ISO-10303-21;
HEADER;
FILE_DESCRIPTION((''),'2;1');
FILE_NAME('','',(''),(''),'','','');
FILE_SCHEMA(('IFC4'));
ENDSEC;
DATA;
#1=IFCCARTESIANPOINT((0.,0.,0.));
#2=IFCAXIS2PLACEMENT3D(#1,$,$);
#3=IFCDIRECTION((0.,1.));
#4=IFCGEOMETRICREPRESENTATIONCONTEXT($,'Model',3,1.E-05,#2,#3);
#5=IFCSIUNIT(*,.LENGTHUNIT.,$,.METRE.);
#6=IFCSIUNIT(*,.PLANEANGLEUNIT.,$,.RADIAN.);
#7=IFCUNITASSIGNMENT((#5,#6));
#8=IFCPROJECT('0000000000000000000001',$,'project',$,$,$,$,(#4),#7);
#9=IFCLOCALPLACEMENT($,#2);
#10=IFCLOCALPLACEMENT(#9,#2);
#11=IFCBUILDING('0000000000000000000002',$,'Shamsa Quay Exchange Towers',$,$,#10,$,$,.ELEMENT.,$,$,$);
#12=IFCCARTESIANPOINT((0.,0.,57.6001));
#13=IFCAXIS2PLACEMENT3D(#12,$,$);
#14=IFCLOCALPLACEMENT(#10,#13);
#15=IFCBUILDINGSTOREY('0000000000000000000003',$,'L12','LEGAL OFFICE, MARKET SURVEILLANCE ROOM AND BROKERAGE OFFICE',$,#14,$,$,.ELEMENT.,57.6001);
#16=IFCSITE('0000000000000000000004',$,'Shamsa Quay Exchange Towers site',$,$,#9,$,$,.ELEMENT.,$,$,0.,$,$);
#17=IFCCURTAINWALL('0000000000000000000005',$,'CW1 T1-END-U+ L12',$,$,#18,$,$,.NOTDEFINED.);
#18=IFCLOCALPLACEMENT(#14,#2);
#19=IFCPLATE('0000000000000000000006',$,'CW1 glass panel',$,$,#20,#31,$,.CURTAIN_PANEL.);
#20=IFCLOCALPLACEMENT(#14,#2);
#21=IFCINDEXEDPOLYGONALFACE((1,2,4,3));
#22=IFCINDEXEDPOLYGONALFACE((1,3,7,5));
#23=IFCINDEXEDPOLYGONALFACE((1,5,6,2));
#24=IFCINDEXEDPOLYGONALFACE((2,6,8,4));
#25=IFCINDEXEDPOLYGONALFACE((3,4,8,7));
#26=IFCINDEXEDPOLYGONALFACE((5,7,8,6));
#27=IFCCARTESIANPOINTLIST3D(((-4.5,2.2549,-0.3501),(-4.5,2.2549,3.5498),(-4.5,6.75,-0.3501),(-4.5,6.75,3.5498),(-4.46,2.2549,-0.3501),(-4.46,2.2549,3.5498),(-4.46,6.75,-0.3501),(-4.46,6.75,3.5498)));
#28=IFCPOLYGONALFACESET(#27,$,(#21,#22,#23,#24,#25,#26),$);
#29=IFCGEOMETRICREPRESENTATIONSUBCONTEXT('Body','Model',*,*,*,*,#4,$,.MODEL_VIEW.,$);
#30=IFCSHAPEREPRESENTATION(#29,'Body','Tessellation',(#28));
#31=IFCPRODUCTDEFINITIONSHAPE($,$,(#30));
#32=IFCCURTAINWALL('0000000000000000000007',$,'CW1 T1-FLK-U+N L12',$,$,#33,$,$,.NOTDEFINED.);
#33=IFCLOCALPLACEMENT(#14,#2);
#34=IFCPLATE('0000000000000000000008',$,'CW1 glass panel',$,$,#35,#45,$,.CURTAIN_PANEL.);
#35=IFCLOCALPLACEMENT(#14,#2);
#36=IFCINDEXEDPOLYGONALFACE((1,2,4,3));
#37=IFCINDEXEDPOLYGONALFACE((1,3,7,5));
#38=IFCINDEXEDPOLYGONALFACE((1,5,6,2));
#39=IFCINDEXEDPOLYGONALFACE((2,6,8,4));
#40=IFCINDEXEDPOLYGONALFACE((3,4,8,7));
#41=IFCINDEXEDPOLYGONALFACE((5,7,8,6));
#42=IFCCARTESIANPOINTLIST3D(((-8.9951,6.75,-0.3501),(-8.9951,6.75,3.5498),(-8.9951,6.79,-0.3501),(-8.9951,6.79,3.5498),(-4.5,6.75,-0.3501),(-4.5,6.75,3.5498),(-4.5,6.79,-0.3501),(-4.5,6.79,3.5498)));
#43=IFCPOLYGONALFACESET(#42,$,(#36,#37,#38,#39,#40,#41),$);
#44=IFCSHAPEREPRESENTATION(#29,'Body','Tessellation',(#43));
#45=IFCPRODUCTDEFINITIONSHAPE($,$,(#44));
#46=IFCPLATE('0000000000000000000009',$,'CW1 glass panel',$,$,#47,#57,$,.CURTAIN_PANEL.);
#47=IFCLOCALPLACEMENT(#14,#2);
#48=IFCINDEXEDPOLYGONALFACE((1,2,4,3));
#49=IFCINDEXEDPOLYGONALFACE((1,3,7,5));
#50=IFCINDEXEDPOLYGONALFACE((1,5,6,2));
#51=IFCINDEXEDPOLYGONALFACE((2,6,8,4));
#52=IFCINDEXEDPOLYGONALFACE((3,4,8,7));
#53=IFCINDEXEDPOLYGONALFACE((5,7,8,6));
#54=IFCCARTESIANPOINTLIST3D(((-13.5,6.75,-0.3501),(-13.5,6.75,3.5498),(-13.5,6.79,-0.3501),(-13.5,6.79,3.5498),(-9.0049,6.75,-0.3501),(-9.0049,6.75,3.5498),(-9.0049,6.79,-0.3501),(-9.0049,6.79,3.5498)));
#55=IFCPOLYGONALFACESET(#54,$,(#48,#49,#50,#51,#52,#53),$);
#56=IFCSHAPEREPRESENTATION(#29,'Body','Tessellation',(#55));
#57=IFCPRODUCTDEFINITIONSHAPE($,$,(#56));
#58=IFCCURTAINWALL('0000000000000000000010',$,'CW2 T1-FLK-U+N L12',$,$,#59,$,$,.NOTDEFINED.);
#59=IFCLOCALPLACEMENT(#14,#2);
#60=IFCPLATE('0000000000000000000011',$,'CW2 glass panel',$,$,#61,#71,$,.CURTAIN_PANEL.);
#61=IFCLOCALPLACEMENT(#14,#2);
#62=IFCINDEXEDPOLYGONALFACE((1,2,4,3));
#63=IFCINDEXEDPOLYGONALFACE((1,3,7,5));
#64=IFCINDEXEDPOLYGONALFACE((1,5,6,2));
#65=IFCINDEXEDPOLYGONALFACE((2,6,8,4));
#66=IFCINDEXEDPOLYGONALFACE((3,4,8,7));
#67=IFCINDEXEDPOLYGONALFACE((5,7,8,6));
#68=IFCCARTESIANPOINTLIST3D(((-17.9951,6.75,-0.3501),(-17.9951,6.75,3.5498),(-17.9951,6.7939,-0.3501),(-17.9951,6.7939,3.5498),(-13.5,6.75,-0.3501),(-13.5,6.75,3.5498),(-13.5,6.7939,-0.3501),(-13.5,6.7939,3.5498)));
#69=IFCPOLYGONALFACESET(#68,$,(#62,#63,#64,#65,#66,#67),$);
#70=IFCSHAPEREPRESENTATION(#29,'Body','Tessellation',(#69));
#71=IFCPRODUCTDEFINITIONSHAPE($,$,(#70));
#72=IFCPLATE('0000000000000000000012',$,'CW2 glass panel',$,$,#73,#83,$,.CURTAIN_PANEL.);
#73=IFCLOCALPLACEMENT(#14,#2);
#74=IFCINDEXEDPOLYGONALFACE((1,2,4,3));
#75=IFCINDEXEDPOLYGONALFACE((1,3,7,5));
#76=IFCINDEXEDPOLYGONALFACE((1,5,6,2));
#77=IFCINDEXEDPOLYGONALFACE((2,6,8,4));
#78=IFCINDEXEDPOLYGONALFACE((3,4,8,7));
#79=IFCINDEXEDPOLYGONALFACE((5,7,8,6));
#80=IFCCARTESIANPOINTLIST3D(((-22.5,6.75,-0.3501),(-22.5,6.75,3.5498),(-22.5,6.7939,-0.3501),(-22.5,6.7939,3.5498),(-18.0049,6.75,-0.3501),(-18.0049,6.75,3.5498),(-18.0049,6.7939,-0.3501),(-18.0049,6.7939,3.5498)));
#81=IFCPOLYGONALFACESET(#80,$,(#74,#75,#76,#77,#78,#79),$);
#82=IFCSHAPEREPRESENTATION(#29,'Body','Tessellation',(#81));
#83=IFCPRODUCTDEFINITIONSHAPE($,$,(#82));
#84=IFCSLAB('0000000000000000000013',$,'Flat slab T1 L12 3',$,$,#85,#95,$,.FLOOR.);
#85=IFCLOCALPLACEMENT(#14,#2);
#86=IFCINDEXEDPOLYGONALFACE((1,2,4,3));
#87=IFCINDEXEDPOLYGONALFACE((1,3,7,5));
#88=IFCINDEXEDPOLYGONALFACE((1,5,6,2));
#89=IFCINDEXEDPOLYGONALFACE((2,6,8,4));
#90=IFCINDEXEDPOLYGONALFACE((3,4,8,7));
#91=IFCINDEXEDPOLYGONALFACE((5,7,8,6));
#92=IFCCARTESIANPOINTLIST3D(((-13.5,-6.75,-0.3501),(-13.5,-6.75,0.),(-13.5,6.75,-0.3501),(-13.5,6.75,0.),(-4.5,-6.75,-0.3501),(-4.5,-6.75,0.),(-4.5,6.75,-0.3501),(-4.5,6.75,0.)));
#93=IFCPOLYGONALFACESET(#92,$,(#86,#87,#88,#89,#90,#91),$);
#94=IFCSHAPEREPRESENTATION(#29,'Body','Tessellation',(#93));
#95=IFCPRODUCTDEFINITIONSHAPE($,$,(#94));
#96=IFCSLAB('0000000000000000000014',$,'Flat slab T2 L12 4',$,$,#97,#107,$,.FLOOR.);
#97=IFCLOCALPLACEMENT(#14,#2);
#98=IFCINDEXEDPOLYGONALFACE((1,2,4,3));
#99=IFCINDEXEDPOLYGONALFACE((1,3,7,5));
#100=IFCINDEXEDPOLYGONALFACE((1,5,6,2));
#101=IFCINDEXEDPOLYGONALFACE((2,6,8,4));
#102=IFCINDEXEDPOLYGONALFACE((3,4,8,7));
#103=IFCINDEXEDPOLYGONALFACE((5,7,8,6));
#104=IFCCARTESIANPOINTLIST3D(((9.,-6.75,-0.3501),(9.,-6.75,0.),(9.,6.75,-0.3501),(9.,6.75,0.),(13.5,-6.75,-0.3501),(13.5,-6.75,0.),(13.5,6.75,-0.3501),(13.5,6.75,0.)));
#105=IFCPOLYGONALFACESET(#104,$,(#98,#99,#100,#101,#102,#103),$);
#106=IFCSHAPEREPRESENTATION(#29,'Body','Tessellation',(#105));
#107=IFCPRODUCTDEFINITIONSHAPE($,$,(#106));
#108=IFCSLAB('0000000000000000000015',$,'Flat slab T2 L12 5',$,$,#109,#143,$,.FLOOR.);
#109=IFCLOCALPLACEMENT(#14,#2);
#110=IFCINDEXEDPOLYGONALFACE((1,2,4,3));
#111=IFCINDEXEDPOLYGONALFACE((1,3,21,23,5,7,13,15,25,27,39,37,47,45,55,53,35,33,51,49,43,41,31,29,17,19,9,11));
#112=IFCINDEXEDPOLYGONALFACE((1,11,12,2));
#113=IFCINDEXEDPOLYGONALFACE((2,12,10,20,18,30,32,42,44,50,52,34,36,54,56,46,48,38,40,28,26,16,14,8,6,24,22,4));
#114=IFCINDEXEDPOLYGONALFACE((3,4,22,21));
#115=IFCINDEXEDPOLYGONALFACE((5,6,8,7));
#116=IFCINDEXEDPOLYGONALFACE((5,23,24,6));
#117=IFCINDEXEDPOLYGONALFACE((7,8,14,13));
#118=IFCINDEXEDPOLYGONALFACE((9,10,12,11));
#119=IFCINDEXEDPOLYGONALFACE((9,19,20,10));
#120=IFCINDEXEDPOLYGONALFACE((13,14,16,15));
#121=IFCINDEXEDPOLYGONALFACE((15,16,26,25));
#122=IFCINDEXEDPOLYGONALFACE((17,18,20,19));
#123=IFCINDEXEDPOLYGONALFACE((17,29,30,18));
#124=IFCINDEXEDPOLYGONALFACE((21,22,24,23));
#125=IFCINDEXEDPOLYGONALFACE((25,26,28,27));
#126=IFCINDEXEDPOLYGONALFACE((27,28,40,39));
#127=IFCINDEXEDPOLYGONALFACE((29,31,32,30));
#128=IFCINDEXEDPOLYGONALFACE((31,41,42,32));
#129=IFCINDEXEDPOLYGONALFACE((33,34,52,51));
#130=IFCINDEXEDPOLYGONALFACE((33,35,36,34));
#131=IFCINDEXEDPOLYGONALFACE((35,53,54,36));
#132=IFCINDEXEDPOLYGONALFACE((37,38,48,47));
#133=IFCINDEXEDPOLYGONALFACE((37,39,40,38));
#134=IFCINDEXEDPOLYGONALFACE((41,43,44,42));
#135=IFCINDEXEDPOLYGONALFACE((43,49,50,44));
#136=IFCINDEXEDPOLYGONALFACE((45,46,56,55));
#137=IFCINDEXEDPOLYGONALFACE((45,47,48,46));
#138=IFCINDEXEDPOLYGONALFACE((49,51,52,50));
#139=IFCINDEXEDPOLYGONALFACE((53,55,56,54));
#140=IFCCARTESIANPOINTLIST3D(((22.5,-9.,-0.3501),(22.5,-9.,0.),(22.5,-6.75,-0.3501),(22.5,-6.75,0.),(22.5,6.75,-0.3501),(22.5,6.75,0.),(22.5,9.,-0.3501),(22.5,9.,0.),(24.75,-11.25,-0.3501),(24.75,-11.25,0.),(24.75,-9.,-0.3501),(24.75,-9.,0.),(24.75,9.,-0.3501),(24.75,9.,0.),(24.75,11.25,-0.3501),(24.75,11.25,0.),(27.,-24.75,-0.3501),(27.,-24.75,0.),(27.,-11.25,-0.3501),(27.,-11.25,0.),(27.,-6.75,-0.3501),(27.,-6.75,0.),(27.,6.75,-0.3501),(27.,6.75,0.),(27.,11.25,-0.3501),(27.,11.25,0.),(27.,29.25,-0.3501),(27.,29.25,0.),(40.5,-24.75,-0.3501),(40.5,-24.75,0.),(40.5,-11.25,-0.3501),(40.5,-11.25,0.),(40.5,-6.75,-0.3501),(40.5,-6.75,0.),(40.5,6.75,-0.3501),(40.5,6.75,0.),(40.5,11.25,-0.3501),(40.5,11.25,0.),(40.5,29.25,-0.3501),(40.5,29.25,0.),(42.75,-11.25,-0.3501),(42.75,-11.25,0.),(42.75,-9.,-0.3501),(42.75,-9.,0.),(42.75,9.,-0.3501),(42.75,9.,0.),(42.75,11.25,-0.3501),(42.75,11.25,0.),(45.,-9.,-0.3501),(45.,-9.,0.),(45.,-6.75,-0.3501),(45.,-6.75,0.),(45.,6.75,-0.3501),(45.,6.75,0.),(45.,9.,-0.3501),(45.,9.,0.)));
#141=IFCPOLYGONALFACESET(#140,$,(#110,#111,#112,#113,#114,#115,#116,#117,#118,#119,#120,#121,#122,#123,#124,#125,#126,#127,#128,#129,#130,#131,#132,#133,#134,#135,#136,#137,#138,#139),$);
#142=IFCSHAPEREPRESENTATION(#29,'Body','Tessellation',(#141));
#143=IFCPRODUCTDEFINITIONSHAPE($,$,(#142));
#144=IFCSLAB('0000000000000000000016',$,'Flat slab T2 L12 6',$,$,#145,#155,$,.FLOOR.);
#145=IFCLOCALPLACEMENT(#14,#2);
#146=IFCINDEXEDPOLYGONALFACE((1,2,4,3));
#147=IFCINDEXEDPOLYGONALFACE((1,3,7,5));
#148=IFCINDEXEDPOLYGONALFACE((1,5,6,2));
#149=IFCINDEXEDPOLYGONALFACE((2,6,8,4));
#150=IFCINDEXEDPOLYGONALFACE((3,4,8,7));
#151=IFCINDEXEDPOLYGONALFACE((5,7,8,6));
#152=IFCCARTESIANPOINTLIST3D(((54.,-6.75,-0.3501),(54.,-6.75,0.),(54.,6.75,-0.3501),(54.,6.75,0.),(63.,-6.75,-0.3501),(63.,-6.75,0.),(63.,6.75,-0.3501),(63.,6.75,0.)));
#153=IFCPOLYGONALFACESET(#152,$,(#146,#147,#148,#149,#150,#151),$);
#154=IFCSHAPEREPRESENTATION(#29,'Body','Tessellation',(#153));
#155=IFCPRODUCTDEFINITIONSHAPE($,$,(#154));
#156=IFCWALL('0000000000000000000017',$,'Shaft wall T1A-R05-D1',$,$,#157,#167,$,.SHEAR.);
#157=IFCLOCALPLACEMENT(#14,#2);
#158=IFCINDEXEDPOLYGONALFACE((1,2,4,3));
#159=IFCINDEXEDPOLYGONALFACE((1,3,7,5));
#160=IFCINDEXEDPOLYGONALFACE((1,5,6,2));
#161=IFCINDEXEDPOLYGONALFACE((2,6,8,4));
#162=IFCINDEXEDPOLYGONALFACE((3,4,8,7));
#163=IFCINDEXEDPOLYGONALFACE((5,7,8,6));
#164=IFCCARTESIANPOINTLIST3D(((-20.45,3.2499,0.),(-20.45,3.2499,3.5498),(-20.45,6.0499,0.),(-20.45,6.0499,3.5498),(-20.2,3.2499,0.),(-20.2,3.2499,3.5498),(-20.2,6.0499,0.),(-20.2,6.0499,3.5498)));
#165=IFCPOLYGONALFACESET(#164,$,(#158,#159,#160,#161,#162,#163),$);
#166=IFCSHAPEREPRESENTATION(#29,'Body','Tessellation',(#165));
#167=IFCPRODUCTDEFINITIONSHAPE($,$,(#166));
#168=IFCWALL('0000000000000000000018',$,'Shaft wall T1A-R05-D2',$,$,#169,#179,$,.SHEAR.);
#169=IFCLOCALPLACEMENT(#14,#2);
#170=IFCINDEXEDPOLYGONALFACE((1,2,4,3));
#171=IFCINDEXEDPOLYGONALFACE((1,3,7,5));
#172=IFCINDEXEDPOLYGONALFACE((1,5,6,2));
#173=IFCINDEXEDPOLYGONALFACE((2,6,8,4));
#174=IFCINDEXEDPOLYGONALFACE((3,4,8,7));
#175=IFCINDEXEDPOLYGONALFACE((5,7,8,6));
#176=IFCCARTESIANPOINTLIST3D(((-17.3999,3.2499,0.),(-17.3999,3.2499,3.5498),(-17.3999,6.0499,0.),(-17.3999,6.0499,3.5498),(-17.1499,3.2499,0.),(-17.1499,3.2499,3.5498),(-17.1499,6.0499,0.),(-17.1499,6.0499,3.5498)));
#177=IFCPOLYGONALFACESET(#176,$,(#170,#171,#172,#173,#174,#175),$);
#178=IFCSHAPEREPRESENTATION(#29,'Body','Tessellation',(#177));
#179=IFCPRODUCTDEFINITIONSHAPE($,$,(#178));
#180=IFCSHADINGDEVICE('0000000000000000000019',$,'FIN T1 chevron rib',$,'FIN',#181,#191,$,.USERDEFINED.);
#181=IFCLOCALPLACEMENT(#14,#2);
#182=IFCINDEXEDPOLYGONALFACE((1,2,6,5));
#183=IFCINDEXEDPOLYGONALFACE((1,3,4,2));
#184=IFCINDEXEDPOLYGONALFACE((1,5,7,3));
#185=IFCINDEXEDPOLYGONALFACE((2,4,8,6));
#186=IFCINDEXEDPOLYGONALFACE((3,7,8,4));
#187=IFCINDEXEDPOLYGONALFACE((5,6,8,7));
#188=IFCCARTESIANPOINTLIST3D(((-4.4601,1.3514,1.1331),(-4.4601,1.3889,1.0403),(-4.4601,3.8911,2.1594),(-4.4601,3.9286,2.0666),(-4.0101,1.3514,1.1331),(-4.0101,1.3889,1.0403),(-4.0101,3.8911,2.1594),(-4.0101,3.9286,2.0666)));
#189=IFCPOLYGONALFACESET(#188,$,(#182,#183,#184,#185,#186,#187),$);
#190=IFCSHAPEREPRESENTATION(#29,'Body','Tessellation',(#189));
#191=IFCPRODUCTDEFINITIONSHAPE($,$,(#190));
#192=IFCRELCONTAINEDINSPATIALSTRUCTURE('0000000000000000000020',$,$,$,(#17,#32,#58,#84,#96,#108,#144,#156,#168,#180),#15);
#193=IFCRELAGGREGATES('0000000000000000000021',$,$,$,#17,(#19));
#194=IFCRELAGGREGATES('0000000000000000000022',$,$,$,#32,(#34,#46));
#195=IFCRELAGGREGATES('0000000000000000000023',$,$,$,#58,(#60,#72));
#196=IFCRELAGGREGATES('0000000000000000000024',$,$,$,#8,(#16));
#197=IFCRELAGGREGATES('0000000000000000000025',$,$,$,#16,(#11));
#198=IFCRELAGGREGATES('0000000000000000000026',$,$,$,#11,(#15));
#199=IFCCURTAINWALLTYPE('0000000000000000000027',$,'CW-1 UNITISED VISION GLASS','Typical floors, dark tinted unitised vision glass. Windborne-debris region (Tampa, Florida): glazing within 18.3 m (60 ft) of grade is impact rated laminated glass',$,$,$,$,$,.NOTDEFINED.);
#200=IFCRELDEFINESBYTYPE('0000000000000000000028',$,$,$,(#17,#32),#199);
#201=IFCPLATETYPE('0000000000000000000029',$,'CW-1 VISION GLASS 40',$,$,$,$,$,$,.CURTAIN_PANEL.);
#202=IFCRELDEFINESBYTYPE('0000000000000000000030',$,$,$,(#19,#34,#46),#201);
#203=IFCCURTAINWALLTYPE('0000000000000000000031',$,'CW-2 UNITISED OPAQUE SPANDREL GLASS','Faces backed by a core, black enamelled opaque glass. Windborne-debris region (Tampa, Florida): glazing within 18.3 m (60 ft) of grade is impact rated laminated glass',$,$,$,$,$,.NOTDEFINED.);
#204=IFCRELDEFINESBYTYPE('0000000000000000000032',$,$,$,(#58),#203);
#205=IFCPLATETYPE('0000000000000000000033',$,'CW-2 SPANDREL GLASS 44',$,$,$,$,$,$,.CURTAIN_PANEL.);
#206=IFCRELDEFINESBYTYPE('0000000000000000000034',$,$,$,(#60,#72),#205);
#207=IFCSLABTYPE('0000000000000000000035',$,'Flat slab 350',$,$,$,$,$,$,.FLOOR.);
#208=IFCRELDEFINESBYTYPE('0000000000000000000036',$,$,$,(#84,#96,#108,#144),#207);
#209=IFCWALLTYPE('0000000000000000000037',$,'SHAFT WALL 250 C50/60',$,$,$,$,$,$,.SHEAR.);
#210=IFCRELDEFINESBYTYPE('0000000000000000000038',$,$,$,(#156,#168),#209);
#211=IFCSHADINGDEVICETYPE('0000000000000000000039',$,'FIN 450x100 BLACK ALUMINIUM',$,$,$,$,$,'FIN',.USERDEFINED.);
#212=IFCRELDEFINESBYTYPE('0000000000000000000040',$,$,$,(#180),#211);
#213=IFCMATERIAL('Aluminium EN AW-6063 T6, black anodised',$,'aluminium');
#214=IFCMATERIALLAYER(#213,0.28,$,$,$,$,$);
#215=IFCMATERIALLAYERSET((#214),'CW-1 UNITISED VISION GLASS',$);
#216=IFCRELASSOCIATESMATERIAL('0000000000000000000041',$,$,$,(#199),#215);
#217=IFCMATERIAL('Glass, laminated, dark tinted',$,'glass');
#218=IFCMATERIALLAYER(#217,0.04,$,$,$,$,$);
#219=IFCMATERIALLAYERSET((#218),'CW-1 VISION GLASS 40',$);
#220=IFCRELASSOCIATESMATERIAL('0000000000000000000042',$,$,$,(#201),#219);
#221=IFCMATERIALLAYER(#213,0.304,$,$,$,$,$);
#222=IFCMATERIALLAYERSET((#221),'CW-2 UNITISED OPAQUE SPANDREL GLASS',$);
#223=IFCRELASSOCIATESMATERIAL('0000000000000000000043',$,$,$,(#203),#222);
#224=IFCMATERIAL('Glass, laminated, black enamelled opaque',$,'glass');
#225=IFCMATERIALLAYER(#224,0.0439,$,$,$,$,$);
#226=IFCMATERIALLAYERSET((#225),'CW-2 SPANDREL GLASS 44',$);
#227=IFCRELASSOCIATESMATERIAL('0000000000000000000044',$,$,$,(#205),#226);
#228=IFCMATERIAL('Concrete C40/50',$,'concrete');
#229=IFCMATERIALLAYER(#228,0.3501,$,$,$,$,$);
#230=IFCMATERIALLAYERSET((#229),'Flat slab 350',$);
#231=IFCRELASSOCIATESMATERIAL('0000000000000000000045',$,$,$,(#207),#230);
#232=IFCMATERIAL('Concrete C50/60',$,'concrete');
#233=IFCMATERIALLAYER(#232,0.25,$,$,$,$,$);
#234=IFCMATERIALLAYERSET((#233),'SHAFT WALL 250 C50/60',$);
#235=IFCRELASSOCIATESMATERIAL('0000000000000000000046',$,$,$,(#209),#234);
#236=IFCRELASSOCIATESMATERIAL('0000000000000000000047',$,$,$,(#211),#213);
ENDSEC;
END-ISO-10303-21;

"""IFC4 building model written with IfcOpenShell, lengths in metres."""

from ifc_helpers import new_model, si_unit, direction, frame, frame_2d, origin, origin_2d, place, context, subcontext, project, spatial, polyline, rectangle, outline, extrude, material, layer, layer_set, material_profile, profile_set, type_object, element, aggregate, save


model = new_model("IFC4")

# Units and contexts
model_context = context("Model", 3, precision=1e-05, world=origin(), true_north=direction((0.0, 1.0)))
body_context = subcontext(model_context, "Body", "Model", "MODEL_VIEW")
ifc_project = project(units=[si_unit("LENGTHUNIT", "METRE"), si_unit("PLANEANGLEUNIT", "RADIAN")], contexts=[model_context])

# Site, building, storey
site_placement = place(None, origin())
site = spatial("IfcSite", under=ifc_project, at=site_placement, Name="Shamsa Quay Exchange Towers site", CompositionType="ELEMENT", RefElevation=0.0)
building_placement = place(site_placement, origin())
building = spatial("IfcBuilding", under=site, at=building_placement, Name="Shamsa Quay Exchange Towers", CompositionType="ELEMENT")
storey_placement = place(building_placement, frame((0.0, 0.0, 57.6001)))
storey = spatial("IfcBuildingStorey", under=building, at=storey_placement, Name="L12", Description="LEGAL OFFICE, MARKET SURVEILLANCE ROOM AND BROKERAGE OFFICE", CompositionType="ELEMENT", Elevation=57.6001)

# Curtain wall
ifc_material_1 = material(Name="Aluminium EN AW-6063 T6, black anodised", Category="aluminium")
ifc_layer_1 = layer(ifc_material_1, 0.28)
ifc_layer_set_1 = layer_set([ifc_layer_1], Name="CW-1 UNITISED VISION GLASS")
curtain_wall_type_1 = type_object("IfcCurtainWallType", Name="CW-1 UNITISED VISION GLASS", Description="Typical floors, dark tinted unitised vision glass. Windborne-debris region (Tampa, Florida): glazing within 18.3 m (60 ft) of grade is impact rated laminated glass", PredefinedType="NOTDEFINED", material=ifc_layer_set_1)
curtain_wall_1_placement = place(storey_placement, origin())
curtain_wall_1 = element("IfcCurtainWall", 1, at=curtain_wall_1_placement, inside=storey, type_object=curtain_wall_type_1, Name="CW1 T1-END-U+ L12", PredefinedType="NOTDEFINED")

# Shared definitions
ifc_material_2 = material(Name="Concrete C50/60", Category="concrete")

# Shared definitions
ifc_material_3 = material(Name="Concrete C40/50", Category="concrete")

# Plate
ifc_material_4 = material(Name="Glass, laminated, dark tinted", Category="glass")
ifc_layer_2 = layer(ifc_material_4, 0.04)
ifc_layer_set_2 = layer_set([ifc_layer_2], Name="CW-1 VISION GLASS 40")
plate_type_1 = type_object("IfcPlateType", Name="CW-1 VISION GLASS 40", PredefinedType="CURTAIN_PANEL", material=ifc_layer_set_2)
plate_1_placement = place(storey_placement, frame((-4.48, 4.5024, -0.3501), z_axis=(0.0, 0.0, 1.0), x_axis=(0.0, 1.0, 0.0)))
plate_1 = element("IfcPlate", 2, at=plate_1_placement, type_object=plate_type_1, Name="CW1 glass panel", PredefinedType="CURTAIN_PANEL", context=body_context, shape_type="SweptSolid", body=[
    extrude(rectangle(XDim=4.4951, YDim=0.04, at=origin_2d()), origin(), (0.0, 0.0, 1.0), 3.8999),
])
aggregate(curtain_wall_1, [plate_1])

# Curtain walls, plates
curtain_wall_2_placement = place(storey_placement, origin())
curtain_wall_2 = element("IfcCurtainWall", 3, at=curtain_wall_2_placement, inside=storey, type_object=curtain_wall_type_1, Name="CW1 T1-FLK-U+N L12", PredefinedType="NOTDEFINED")
plate_2_placement = place(storey_placement, frame((-6.7476, 6.77, -0.3501), z_axis=(0.0, 0.0, 1.0), x_axis=(-1.0, 0.0, 0.0)))
plate_2 = element("IfcPlate", 4, at=plate_2_placement, type_object=plate_type_1, Name="CW1 glass panel", PredefinedType="CURTAIN_PANEL", context=body_context, shape_type="SweptSolid", body=[
    extrude(rectangle(XDim=4.4951, YDim=0.04, at=origin_2d()), origin(), (0.0, 0.0, 1.0), 3.8999),
])
plate_3_placement = place(storey_placement, frame((-11.2524, 6.77, -0.3501), z_axis=(0.0, 0.0, 1.0), x_axis=(-1.0, 0.0, 0.0)))
plate_3 = element("IfcPlate", 5, at=plate_3_placement, type_object=plate_type_1, Name="CW1 glass panel", PredefinedType="CURTAIN_PANEL", context=body_context, shape_type="SweptSolid", body=[
    extrude(rectangle(XDim=4.4951, YDim=0.04, at=origin_2d()), origin(), (0.0, 0.0, 1.0), 3.8999),
])
aggregate(curtain_wall_2, [plate_2, plate_3])
ifc_layer_3 = layer(ifc_material_1, 0.304)
ifc_layer_set_3 = layer_set([ifc_layer_3], Name="CW-2 UNITISED OPAQUE SPANDREL GLASS")
curtain_wall_type_2 = type_object("IfcCurtainWallType", Name="CW-2 UNITISED OPAQUE SPANDREL GLASS", Description="Faces backed by a core, black enamelled opaque glass. Windborne-debris region (Tampa, Florida): glazing within 18.3 m (60 ft) of grade is impact rated laminated glass", PredefinedType="NOTDEFINED", material=ifc_layer_set_3)
curtain_wall_3_placement = place(storey_placement, origin())
curtain_wall_3 = element("IfcCurtainWall", 6, at=curtain_wall_3_placement, inside=storey, type_object=curtain_wall_type_2, Name="CW2 T1-FLK-U+N L12", PredefinedType="NOTDEFINED")
ifc_material_5 = material(Name="Glass, laminated, black enamelled opaque", Category="glass")
ifc_layer_4 = layer(ifc_material_5, 0.0439)
ifc_layer_set_4 = layer_set([ifc_layer_4], Name="CW-2 SPANDREL GLASS 44")
plate_type_2 = type_object("IfcPlateType", Name="CW-2 SPANDREL GLASS 44", PredefinedType="CURTAIN_PANEL", material=ifc_layer_set_4)
plate_4_placement = place(storey_placement, frame((-15.7476, 6.772, -0.3501), z_axis=(0.0, 0.0, 1.0), x_axis=(-1.0, 0.0, 0.0)))
plate_4 = element("IfcPlate", 7, at=plate_4_placement, type_object=plate_type_2, Name="CW2 glass panel", PredefinedType="CURTAIN_PANEL", context=body_context, shape_type="SweptSolid", body=[
    extrude(rectangle(XDim=4.4951, YDim=0.0439, at=origin_2d()), origin(), (0.0, 0.0, 1.0), 3.8999),
])
plate_5_placement = place(storey_placement, frame((-20.2524, 6.772, -0.3501), z_axis=(0.0, 0.0, 1.0), x_axis=(-1.0, 0.0, 0.0)))
plate_5 = element("IfcPlate", 8, at=plate_5_placement, type_object=plate_type_2, Name="CW2 glass panel", PredefinedType="CURTAIN_PANEL", context=body_context, shape_type="SweptSolid", body=[
    extrude(rectangle(XDim=4.4951, YDim=0.0439, at=origin_2d()), origin(), (0.0, 0.0, 1.0), 3.8999),
])
aggregate(curtain_wall_3, [plate_4, plate_5])

# Slabs
ifc_layer_5 = layer(ifc_material_3, 0.3501)
ifc_layer_set_5 = layer_set([ifc_layer_5], Name="Flat slab 350")
slab_type_1 = type_object("IfcSlabType", Name="Flat slab 350", PredefinedType="FLOOR", material=ifc_layer_set_5)
slab_1_placement = place(storey_placement, frame((0.0, 0.0, -0.3501)))
element("IfcSlab", 9, at=slab_1_placement, inside=storey, type_object=slab_type_1, Name="Flat slab T1 L12 3", PredefinedType="FLOOR", context=body_context, shape_type="SweptSolid", body=[
    extrude(outline(polyline([(-4.5, 6.75), (-13.5, 6.75), (-13.5, -6.75), (-4.5, -6.75), (-4.5, 6.75)])), origin(), (0.0, 0.0, 1.0), 0.3501),
])
slab_2_placement = place(storey_placement, frame((0.0, 0.0, -0.3501)))
element("IfcSlab", 10, at=slab_2_placement, inside=storey, type_object=slab_type_1, Name="Flat slab T2 L12 4", PredefinedType="FLOOR", context=body_context, shape_type="SweptSolid", body=[
    extrude(outline(polyline([(9.0, -6.75), (13.5, -6.75), (13.5, 6.75), (9.0, 6.75), (9.0, -6.75)])), origin(), (0.0, 0.0, 1.0), 0.3501),
])
slab_3_placement = place(storey_placement, frame((0.0, 0.0, -0.3501)))
element("IfcSlab", 11, at=slab_3_placement, inside=storey, type_object=slab_type_1, Name="Flat slab T2 L12 5", PredefinedType="FLOOR", context=body_context, shape_type="SweptSolid", body=[
    extrude(outline(polyline([(45.0, -9.0), (45.0, -6.75), (40.5, -6.75), (40.5, 6.75), (45.0, 6.75), (45.0, 9.0), (42.75, 9.0), (42.75, 11.25), (40.5, 11.25), (40.5, 29.25), (27.0, 29.25), (27.0, 11.25), (24.75, 11.25), (24.75, 9.0), (22.5, 9.0), (22.5, 6.75), (27.0, 6.75), (27.0, -6.75), (22.5, -6.75), (22.5, -9.0), (24.75, -9.0), (24.75, -11.25), (27.0, -11.25), (27.0, -24.75), (40.5, -24.75), (40.5, -11.25), (42.75, -11.25), (42.75, -9.0), (45.0, -9.0)])), origin(), (0.0, 0.0, 1.0), 0.3501),
])
slab_4_placement = place(storey_placement, frame((0.0, 0.0, -0.3501)))
element("IfcSlab", 12, at=slab_4_placement, inside=storey, type_object=slab_type_1, Name="Flat slab T2 L12 6", PredefinedType="FLOOR", context=body_context, shape_type="SweptSolid", body=[
    extrude(outline(polyline([(63.0, 6.75), (54.0, 6.75), (54.0, -6.75), (63.0, -6.75), (63.0, 6.75)])), origin(), (0.0, 0.0, 1.0), 0.3501),
])

# Walls
ifc_layer_6 = layer(ifc_material_2, 0.25)
ifc_layer_set_6 = layer_set([ifc_layer_6], Name="SHAFT WALL 250 C50/60")
wall_type_1 = type_object("IfcWallType", Name="SHAFT WALL 250 C50/60", PredefinedType="SHEAR", material=ifc_layer_set_6)
for number, where, z_axis, x_axis, name in (
    (13, (-20.325, 3.25, 0.0), (0.0, 0.0, 1.0), (0.0, 1.0, 0.0), "Shaft wall T1A-R05-D1"),
    (14, (-17.2749, 3.25, 0.0), (0.0, 0.0, 1.0), (0.0, 1.0, 0.0), "Shaft wall T1A-R05-D2"),
):
    element("IfcWall", number, at=place(storey_placement, frame(where, z_axis=z_axis, x_axis=x_axis)), inside=storey, type_object=wall_type_1, Name=name, PredefinedType="SHEAR", context=body_context, shape_type="SweptSolid", body=[
        extrude(rectangle(XDim=2.8, YDim=0.25, at=frame_2d((1.3999, 0.0))), origin(), (0.0, 0.0, 1.0), 3.5498),
    ])

# Shading device
ifc_material_profile_1 = material_profile(ifc_material_1, rectangle(XDim=0.45, YDim=0.1001, at=origin_2d()), Name="FIN450x100")
ifc_profile_set_1 = profile_set([ifc_material_profile_1], Name="Aluminium EN AW-6063 T6, black anodised")
shading_device_type = type_object("IfcShadingDeviceType", Name="FIN 450x100 BLACK ALUMINIUM", ElementType="FIN", PredefinedType="USERDEFINED", material=ifc_profile_set_1)
shading_device_1_placement = place(storey_placement, frame((-4.2351, 1.3701, 1.0867), z_axis=(0.0, 0.927156, 0.374677), x_axis=(-1.0, 0.0, 0.0)))
element("IfcShadingDevice", 15, at=shading_device_1_placement, inside=storey, type_object=shading_device_type, Name="FIN T1 chevron rib", ObjectType="FIN", PredefinedType="USERDEFINED", context=body_context, shape_type="SweptSolid", body=[
    extrude(rectangle(XDim=0.45, YDim=0.1001, at=origin_2d()), origin(), (0.0, 0.0, 1.0), 2.7393),
])

save(model, "model.ifc")
